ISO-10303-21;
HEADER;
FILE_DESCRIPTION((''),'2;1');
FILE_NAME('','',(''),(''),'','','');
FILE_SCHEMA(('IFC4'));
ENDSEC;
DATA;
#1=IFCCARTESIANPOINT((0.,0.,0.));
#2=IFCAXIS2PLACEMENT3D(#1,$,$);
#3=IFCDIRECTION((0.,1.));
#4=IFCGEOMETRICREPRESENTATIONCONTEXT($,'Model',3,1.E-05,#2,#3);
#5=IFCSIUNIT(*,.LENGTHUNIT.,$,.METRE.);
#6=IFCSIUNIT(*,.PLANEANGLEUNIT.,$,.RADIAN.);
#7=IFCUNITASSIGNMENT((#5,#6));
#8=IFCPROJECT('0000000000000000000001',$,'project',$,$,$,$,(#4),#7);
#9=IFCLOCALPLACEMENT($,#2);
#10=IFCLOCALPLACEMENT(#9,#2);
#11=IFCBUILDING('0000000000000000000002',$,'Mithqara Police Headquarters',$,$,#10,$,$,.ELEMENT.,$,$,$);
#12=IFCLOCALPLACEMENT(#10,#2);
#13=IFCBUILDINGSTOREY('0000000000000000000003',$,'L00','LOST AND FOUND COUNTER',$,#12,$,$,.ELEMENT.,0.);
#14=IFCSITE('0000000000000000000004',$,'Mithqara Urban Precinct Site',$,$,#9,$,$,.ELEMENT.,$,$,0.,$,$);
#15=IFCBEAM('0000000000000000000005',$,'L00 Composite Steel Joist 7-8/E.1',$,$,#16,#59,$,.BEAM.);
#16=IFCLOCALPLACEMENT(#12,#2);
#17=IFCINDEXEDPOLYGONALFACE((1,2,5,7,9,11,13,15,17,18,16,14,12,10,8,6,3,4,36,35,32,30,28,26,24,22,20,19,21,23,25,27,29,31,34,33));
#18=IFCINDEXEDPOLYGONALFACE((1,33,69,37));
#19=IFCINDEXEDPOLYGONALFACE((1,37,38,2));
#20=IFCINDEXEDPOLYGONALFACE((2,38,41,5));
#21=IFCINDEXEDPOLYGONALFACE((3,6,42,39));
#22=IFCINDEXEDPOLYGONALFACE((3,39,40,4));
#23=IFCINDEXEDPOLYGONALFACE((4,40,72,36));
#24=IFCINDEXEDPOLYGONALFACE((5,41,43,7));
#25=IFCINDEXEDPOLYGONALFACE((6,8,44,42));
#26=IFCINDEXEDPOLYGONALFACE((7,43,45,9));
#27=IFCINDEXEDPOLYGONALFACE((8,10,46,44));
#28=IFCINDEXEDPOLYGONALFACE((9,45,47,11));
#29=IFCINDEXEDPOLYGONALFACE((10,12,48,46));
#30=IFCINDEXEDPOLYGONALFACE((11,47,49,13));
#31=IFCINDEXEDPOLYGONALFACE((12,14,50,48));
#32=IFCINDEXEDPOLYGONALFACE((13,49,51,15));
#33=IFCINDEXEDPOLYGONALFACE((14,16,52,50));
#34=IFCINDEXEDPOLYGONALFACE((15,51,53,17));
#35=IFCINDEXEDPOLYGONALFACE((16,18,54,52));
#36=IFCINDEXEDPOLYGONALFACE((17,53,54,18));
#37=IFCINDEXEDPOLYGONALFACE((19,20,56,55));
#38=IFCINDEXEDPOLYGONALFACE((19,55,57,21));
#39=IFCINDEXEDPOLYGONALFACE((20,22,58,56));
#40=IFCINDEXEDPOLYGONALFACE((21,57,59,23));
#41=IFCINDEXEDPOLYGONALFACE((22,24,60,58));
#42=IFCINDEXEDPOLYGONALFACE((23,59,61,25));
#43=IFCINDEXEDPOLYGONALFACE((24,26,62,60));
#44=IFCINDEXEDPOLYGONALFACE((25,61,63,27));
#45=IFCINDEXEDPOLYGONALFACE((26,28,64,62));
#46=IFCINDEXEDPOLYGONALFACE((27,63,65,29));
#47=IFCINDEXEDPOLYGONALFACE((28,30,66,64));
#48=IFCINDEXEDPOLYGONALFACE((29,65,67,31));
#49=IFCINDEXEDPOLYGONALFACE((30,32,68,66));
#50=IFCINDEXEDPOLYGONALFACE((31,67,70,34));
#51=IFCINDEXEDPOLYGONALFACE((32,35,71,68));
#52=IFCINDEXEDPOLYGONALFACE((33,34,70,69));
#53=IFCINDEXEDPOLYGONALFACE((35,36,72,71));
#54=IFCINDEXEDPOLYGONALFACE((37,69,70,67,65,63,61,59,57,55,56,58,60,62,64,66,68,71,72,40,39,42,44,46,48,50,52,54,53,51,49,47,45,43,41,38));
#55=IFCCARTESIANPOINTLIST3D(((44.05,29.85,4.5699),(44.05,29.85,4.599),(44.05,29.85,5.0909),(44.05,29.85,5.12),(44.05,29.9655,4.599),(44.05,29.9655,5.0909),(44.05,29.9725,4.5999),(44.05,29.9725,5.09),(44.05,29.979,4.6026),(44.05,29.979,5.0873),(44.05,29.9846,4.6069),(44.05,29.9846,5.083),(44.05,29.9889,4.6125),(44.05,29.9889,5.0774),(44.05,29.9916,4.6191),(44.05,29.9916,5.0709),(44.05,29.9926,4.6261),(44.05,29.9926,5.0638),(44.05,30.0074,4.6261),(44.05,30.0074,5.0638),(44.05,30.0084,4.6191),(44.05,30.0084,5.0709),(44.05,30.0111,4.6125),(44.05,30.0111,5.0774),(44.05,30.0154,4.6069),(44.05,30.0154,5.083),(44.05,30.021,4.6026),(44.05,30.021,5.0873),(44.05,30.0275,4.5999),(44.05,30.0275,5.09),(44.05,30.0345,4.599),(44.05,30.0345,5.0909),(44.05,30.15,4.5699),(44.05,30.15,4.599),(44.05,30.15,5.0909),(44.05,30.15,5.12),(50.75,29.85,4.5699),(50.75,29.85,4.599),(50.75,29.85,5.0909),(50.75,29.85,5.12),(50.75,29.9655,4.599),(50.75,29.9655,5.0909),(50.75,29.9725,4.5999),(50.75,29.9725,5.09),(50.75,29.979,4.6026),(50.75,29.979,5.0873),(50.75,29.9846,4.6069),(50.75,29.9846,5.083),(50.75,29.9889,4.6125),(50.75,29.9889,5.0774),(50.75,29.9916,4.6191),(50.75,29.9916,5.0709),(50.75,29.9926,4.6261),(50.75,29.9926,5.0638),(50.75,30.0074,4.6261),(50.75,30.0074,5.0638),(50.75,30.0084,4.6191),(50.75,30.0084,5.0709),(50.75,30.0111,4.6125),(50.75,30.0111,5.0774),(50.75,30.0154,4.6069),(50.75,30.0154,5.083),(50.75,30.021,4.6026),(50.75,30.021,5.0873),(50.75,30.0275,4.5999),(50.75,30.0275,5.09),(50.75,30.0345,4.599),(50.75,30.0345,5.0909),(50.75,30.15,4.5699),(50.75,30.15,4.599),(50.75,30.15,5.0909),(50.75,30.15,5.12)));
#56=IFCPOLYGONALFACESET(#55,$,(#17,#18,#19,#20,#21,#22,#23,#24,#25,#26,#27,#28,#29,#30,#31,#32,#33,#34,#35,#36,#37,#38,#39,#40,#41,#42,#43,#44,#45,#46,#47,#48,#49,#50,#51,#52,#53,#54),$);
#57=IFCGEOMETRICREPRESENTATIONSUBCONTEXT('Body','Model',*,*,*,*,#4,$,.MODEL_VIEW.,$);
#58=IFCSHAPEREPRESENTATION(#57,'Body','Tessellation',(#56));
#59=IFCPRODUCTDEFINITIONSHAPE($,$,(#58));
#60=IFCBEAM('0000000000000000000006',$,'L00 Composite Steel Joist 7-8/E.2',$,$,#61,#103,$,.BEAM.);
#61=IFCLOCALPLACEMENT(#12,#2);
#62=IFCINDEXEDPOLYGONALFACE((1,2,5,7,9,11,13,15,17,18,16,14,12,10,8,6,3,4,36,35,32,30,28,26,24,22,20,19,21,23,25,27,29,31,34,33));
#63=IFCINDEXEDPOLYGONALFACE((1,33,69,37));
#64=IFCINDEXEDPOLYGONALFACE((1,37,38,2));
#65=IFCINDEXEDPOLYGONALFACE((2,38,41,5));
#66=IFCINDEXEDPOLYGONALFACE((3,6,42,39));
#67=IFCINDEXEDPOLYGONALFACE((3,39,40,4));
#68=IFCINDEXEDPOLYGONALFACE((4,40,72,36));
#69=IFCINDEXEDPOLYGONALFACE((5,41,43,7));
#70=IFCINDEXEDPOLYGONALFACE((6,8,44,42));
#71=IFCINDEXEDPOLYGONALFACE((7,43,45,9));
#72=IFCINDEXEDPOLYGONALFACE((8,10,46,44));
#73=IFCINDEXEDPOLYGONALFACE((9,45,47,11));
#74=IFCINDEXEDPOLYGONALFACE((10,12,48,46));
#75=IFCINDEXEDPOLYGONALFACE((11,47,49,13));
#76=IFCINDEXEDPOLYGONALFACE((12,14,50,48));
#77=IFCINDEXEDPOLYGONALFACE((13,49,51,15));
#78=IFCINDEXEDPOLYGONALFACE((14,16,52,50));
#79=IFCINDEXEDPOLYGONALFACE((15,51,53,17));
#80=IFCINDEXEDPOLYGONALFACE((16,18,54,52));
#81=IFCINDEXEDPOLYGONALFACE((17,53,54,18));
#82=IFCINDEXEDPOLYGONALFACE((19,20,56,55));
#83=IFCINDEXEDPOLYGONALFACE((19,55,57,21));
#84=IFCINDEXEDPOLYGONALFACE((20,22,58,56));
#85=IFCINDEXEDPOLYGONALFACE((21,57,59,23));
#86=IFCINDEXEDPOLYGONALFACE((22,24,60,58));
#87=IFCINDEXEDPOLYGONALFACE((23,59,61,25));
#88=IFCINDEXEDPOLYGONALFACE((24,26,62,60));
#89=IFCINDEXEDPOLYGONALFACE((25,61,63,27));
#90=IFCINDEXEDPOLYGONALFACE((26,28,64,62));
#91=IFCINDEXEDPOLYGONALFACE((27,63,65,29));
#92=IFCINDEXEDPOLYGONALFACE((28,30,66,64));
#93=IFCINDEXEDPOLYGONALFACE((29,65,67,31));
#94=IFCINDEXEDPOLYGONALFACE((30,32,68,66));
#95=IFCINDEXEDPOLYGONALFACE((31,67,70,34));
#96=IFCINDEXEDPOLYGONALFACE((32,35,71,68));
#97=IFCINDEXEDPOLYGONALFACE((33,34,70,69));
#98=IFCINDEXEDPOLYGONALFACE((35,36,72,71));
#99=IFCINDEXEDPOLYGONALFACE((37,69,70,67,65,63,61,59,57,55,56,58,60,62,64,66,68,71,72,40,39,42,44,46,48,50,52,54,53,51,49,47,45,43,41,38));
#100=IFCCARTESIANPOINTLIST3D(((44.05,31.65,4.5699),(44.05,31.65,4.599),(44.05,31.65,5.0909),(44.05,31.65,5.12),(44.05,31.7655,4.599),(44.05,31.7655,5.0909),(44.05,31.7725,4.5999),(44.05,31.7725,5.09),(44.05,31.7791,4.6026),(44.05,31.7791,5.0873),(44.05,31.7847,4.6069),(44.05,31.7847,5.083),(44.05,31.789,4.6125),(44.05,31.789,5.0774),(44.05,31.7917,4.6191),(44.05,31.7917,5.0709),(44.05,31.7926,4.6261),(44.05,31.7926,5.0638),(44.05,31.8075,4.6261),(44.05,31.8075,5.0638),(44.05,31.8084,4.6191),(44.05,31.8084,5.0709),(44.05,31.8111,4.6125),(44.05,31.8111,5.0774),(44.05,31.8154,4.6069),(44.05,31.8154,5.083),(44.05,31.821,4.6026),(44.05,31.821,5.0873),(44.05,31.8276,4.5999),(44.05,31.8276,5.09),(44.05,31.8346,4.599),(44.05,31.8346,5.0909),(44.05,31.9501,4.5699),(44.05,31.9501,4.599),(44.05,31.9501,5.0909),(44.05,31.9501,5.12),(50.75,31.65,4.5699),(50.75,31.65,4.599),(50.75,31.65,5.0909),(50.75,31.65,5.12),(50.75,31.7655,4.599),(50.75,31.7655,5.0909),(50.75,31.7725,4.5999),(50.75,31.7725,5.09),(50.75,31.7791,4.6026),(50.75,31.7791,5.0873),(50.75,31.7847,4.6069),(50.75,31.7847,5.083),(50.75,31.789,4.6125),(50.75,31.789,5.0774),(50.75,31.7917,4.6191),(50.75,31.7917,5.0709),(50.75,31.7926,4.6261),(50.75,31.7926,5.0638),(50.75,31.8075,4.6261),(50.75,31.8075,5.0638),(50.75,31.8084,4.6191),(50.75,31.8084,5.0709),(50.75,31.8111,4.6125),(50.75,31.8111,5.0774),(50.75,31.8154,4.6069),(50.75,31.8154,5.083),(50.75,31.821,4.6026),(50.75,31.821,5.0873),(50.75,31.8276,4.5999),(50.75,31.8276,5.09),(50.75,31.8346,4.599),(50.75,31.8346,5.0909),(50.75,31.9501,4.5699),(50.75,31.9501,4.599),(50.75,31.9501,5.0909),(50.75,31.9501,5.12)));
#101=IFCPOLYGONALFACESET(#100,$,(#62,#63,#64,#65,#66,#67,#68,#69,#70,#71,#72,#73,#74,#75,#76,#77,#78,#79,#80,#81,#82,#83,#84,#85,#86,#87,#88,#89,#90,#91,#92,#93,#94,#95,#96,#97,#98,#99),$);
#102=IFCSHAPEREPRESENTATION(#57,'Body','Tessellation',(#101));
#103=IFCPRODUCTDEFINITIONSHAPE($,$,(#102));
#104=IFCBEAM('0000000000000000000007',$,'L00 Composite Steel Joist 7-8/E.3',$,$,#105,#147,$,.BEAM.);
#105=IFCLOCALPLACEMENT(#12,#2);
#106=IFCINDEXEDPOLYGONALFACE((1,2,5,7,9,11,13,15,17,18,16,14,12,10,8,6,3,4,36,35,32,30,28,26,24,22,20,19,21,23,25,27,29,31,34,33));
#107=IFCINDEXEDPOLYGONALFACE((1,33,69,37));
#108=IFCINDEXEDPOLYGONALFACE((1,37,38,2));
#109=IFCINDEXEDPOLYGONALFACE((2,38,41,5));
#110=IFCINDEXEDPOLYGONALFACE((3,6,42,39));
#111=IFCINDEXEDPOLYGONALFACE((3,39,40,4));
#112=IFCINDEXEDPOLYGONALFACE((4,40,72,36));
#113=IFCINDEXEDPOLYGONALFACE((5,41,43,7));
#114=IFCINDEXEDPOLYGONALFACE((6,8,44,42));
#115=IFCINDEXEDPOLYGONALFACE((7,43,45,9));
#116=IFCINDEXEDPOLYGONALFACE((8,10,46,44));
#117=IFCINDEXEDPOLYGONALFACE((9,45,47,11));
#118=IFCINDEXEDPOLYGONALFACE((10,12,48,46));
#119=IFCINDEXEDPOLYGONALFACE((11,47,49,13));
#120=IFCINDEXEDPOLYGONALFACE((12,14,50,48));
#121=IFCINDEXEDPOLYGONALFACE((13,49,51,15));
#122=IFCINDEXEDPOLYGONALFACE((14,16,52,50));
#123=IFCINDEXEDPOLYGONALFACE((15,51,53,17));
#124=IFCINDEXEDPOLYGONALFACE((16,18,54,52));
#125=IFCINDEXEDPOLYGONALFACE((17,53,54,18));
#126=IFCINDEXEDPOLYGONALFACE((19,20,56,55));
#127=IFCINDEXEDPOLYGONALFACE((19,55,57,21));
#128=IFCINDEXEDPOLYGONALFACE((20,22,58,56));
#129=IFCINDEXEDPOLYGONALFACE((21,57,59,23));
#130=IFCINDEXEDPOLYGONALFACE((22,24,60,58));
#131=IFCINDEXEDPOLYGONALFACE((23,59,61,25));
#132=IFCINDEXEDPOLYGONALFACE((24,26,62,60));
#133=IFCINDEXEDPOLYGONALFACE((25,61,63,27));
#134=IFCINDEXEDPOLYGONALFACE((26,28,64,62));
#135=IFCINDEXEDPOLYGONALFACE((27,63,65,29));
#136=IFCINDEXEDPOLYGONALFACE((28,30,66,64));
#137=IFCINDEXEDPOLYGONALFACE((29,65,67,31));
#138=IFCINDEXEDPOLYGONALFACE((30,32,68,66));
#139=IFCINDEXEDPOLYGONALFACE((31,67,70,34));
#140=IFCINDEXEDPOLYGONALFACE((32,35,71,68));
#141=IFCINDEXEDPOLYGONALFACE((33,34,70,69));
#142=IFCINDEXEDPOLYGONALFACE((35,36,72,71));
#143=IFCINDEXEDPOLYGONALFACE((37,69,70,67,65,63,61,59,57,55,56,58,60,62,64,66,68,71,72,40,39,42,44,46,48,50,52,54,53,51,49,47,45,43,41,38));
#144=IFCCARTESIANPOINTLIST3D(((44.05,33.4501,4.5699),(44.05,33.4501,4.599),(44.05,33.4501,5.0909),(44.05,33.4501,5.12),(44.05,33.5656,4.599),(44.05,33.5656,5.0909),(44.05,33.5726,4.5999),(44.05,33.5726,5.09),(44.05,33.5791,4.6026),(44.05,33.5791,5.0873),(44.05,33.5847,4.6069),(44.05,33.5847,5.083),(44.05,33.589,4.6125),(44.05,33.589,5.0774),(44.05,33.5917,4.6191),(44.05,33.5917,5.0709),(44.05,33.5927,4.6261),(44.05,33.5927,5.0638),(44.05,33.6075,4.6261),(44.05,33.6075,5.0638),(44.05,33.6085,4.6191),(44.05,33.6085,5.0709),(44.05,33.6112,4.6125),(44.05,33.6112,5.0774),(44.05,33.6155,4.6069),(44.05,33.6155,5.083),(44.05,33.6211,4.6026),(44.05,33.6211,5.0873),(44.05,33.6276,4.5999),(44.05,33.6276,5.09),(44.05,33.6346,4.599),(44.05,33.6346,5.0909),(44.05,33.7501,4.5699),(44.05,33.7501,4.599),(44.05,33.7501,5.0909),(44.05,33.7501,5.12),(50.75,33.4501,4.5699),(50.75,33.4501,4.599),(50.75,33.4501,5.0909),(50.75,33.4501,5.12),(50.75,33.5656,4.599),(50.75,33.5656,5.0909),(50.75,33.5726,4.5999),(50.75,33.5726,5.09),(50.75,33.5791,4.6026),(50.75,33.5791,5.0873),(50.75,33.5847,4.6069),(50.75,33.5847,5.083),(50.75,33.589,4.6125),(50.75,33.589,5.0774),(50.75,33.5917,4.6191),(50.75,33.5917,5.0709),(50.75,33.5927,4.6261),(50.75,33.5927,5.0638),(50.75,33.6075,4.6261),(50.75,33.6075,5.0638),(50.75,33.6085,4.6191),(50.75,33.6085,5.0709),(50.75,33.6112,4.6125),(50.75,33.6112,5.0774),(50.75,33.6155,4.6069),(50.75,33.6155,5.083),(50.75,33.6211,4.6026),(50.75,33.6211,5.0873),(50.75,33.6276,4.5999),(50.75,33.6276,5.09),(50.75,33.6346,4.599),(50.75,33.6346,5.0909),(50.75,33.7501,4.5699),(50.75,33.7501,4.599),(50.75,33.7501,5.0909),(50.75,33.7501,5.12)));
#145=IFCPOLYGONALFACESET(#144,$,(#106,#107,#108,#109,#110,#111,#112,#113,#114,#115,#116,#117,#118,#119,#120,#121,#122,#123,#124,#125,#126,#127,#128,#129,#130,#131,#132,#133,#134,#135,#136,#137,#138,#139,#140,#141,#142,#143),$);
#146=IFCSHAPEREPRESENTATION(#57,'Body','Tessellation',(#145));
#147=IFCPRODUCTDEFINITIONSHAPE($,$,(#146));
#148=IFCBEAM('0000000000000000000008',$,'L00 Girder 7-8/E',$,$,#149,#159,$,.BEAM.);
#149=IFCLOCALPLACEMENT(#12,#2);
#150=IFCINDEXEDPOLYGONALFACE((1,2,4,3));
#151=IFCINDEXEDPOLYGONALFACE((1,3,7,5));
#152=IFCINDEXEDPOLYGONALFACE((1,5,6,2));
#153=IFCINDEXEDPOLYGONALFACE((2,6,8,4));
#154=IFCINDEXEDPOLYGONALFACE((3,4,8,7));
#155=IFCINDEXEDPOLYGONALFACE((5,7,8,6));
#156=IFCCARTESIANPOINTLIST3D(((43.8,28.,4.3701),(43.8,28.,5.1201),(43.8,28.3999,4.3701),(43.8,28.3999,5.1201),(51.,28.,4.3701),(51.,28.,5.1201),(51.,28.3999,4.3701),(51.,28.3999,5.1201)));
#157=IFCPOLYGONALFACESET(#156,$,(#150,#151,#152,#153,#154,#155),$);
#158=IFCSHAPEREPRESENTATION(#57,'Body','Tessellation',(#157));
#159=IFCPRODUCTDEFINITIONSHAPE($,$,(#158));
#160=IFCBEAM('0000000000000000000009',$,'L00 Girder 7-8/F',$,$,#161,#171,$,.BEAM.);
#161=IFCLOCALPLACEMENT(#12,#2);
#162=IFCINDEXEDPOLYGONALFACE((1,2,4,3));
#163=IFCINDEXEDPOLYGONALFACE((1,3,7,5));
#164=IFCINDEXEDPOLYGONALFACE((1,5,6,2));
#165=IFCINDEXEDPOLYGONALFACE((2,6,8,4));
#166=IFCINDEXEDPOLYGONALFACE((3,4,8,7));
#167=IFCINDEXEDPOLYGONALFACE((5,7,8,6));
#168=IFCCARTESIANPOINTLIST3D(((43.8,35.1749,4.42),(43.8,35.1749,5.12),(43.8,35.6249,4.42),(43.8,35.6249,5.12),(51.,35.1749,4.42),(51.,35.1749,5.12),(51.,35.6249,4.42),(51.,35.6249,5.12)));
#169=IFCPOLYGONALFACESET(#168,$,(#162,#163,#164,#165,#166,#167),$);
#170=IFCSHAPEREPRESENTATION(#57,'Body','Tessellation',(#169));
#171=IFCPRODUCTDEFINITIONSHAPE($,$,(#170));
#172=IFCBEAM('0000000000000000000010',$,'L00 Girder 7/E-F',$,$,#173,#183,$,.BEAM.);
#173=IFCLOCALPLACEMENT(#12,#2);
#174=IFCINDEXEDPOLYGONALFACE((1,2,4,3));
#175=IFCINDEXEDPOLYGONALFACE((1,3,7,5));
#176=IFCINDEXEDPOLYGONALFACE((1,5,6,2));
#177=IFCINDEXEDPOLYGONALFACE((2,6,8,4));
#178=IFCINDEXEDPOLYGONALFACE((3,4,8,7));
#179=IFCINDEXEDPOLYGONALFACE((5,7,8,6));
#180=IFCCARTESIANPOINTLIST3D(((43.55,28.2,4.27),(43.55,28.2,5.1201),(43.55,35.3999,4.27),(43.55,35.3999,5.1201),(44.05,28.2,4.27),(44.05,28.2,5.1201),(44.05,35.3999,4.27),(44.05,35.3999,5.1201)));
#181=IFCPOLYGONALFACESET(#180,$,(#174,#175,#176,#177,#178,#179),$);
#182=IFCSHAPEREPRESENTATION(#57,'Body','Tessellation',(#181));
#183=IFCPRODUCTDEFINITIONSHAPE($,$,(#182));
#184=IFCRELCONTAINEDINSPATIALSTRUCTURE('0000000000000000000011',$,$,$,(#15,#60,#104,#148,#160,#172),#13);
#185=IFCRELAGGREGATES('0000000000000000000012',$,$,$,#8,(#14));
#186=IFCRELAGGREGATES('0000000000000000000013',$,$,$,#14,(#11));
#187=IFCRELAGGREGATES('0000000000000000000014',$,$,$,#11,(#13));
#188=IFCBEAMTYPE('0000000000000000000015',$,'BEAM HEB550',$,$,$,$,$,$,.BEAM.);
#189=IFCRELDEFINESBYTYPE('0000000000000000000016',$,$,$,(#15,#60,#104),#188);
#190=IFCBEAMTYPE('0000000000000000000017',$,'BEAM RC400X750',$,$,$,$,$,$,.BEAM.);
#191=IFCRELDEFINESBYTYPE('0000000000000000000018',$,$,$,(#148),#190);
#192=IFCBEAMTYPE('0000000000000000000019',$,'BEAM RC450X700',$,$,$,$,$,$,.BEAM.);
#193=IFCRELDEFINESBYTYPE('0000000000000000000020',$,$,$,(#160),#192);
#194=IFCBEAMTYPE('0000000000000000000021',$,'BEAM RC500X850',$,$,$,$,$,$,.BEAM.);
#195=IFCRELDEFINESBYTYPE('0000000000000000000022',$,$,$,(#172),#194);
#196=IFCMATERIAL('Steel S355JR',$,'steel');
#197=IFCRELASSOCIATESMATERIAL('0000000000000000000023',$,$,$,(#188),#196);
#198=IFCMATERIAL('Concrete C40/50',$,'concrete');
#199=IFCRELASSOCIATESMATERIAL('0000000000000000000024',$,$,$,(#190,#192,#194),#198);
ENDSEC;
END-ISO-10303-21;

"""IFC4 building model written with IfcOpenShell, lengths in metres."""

from ifc_helpers import new_model, si_unit, direction, frame, origin, origin_2d, place, context, subcontext, project, spatial, rectangle, i_section, extrude, material, material_profile, profile_set, type_object, element, save


model = new_model("IFC4")

# Units and contexts
model_context = context("Model", 3, precision=1e-05, world=origin(), true_north=direction((0.0, 1.0)))
body_context = subcontext(model_context, "Body", "Model", "MODEL_VIEW")
ifc_project = project(units=[si_unit("LENGTHUNIT", "METRE"), si_unit("PLANEANGLEUNIT", "RADIAN")], contexts=[model_context])

# Site, building, storey
site_placement = place(None, origin())
site = spatial("IfcSite", under=ifc_project, at=site_placement, Name="Mithqara Urban Precinct Site", CompositionType="ELEMENT", RefElevation=0.0)
building_placement = place(site_placement, origin())
building = spatial("IfcBuilding", under=site, at=building_placement, Name="Mithqara Police Headquarters", CompositionType="ELEMENT")
storey_placement = place(building_placement, origin())
storey = spatial("IfcBuildingStorey", under=building, at=storey_placement, Name="L00", Description="LOST AND FOUND COUNTER", CompositionType="ELEMENT", Elevation=0.0)

# Beams
ifc_material_1 = material(Name="Steel S355JR", Category="steel")
ifc_material_profile_1 = material_profile(ifc_material_1, i_section(OverallWidth=0.3, OverallDepth=0.55, WebThickness=0.0149, FlangeThickness=0.0291, FilletRadius=0.0271, at=origin_2d()), Name="HEB 550")
ifc_profile_set_1 = profile_set([ifc_material_profile_1], Name="Steel S355JR")
beam_type_1 = type_object("IfcBeamType", Name="BEAM HEB550", PredefinedType="BEAM", material=ifc_profile_set_1)
for number, where, z_axis, x_axis, name in (
    (1, (44.05, 30.0, 4.845), (1.0, 0.0, 0.0), (0.0, 1.0, 0.0), "L00 Composite Steel Joist 7-8/E.1"),
    (2, (44.05, 31.8, 4.845), (1.0, 0.0, 0.0), (0.0, 1.0, 0.0), "L00 Composite Steel Joist 7-8/E.2"),
    (3, (44.05, 33.6001, 4.845), (1.0, 0.0, 0.0), (0.0, 1.0, 0.0), "L00 Composite Steel Joist 7-8/E.3"),
):
    element("IfcBeam", number, at=place(storey_placement, frame(where, z_axis=z_axis, x_axis=x_axis)), inside=storey, type_object=beam_type_1, Name=name, PredefinedType="BEAM", context=body_context, shape_type="SweptSolid", body=[
        extrude(i_section(OverallWidth=0.3, OverallDepth=0.55, WebThickness=0.0149, FlangeThickness=0.0291, FilletRadius=0.0271, at=origin_2d()), origin(), (0.0, 0.0, 1.0), 6.7),
    ])
ifc_material_2 = material(Name="Concrete C40/50", Category="concrete")
ifc_material_profile_2 = material_profile(ifc_material_2, rectangle(XDim=0.3999, YDim=0.75, at=origin_2d()), Name="RC 400x750")
ifc_profile_set_2 = profile_set([ifc_material_profile_2], Name="Concrete C40/50")
beam_type_2 = type_object("IfcBeamType", Name="BEAM RC400X750", PredefinedType="BEAM", material=ifc_profile_set_2)
beam_1_placement = place(storey_placement, frame((43.8, 28.2, 4.7451), z_axis=(1.0, 0.0, 0.0), x_axis=(0.0, 1.0, 0.0)))
element("IfcBeam", 4, at=beam_1_placement, inside=storey, type_object=beam_type_2, Name="L00 Girder 7-8/E", PredefinedType="BEAM", context=body_context, shape_type="SweptSolid", body=[
    extrude(rectangle(XDim=0.3999, YDim=0.75, at=origin_2d()), origin(), (0.0, 0.0, 1.0), 7.2),
])
ifc_material_profile_3 = material_profile(ifc_material_2, rectangle(XDim=0.45, YDim=0.7, at=origin_2d()), Name="RC 450x700")
ifc_profile_set_3 = profile_set([ifc_material_profile_3], Name="Concrete C40/50")
beam_type_3 = type_object("IfcBeamType", Name="BEAM RC450X700", PredefinedType="BEAM", material=ifc_profile_set_3)
beam_2_placement = place(storey_placement, frame((43.8, 35.3999, 4.77), z_axis=(1.0, 0.0, 0.0), x_axis=(0.0, 1.0, 0.0)))
element("IfcBeam", 5, at=beam_2_placement, inside=storey, type_object=beam_type_3, Name="L00 Girder 7-8/F", PredefinedType="BEAM", context=body_context, shape_type="SweptSolid", body=[
    extrude(rectangle(XDim=0.45, YDim=0.7, at=origin_2d()), origin(), (0.0, 0.0, 1.0), 7.2),
])
ifc_material_profile_4 = material_profile(ifc_material_2, rectangle(XDim=0.5, YDim=0.8501, at=origin_2d()), Name="RC 500x850")
ifc_profile_set_4 = profile_set([ifc_material_profile_4], Name="Concrete C40/50")
beam_type_4 = type_object("IfcBeamType", Name="BEAM RC500X850", PredefinedType="BEAM", material=ifc_profile_set_4)
beam_3_placement = place(storey_placement, frame((43.8, 28.2, 4.6951), z_axis=(0.0, 1.0, 0.0), x_axis=(-1.0, 0.0, 0.0)))
element("IfcBeam", 6, at=beam_3_placement, inside=storey, type_object=beam_type_4, Name="L00 Girder 7/E-F", PredefinedType="BEAM", context=body_context, shape_type="SweptSolid", body=[
    extrude(rectangle(XDim=0.5, YDim=0.8501, at=origin_2d()), origin(), (0.0, 0.0, 1.0), 7.2),
])

save(model, "model.ifc")
